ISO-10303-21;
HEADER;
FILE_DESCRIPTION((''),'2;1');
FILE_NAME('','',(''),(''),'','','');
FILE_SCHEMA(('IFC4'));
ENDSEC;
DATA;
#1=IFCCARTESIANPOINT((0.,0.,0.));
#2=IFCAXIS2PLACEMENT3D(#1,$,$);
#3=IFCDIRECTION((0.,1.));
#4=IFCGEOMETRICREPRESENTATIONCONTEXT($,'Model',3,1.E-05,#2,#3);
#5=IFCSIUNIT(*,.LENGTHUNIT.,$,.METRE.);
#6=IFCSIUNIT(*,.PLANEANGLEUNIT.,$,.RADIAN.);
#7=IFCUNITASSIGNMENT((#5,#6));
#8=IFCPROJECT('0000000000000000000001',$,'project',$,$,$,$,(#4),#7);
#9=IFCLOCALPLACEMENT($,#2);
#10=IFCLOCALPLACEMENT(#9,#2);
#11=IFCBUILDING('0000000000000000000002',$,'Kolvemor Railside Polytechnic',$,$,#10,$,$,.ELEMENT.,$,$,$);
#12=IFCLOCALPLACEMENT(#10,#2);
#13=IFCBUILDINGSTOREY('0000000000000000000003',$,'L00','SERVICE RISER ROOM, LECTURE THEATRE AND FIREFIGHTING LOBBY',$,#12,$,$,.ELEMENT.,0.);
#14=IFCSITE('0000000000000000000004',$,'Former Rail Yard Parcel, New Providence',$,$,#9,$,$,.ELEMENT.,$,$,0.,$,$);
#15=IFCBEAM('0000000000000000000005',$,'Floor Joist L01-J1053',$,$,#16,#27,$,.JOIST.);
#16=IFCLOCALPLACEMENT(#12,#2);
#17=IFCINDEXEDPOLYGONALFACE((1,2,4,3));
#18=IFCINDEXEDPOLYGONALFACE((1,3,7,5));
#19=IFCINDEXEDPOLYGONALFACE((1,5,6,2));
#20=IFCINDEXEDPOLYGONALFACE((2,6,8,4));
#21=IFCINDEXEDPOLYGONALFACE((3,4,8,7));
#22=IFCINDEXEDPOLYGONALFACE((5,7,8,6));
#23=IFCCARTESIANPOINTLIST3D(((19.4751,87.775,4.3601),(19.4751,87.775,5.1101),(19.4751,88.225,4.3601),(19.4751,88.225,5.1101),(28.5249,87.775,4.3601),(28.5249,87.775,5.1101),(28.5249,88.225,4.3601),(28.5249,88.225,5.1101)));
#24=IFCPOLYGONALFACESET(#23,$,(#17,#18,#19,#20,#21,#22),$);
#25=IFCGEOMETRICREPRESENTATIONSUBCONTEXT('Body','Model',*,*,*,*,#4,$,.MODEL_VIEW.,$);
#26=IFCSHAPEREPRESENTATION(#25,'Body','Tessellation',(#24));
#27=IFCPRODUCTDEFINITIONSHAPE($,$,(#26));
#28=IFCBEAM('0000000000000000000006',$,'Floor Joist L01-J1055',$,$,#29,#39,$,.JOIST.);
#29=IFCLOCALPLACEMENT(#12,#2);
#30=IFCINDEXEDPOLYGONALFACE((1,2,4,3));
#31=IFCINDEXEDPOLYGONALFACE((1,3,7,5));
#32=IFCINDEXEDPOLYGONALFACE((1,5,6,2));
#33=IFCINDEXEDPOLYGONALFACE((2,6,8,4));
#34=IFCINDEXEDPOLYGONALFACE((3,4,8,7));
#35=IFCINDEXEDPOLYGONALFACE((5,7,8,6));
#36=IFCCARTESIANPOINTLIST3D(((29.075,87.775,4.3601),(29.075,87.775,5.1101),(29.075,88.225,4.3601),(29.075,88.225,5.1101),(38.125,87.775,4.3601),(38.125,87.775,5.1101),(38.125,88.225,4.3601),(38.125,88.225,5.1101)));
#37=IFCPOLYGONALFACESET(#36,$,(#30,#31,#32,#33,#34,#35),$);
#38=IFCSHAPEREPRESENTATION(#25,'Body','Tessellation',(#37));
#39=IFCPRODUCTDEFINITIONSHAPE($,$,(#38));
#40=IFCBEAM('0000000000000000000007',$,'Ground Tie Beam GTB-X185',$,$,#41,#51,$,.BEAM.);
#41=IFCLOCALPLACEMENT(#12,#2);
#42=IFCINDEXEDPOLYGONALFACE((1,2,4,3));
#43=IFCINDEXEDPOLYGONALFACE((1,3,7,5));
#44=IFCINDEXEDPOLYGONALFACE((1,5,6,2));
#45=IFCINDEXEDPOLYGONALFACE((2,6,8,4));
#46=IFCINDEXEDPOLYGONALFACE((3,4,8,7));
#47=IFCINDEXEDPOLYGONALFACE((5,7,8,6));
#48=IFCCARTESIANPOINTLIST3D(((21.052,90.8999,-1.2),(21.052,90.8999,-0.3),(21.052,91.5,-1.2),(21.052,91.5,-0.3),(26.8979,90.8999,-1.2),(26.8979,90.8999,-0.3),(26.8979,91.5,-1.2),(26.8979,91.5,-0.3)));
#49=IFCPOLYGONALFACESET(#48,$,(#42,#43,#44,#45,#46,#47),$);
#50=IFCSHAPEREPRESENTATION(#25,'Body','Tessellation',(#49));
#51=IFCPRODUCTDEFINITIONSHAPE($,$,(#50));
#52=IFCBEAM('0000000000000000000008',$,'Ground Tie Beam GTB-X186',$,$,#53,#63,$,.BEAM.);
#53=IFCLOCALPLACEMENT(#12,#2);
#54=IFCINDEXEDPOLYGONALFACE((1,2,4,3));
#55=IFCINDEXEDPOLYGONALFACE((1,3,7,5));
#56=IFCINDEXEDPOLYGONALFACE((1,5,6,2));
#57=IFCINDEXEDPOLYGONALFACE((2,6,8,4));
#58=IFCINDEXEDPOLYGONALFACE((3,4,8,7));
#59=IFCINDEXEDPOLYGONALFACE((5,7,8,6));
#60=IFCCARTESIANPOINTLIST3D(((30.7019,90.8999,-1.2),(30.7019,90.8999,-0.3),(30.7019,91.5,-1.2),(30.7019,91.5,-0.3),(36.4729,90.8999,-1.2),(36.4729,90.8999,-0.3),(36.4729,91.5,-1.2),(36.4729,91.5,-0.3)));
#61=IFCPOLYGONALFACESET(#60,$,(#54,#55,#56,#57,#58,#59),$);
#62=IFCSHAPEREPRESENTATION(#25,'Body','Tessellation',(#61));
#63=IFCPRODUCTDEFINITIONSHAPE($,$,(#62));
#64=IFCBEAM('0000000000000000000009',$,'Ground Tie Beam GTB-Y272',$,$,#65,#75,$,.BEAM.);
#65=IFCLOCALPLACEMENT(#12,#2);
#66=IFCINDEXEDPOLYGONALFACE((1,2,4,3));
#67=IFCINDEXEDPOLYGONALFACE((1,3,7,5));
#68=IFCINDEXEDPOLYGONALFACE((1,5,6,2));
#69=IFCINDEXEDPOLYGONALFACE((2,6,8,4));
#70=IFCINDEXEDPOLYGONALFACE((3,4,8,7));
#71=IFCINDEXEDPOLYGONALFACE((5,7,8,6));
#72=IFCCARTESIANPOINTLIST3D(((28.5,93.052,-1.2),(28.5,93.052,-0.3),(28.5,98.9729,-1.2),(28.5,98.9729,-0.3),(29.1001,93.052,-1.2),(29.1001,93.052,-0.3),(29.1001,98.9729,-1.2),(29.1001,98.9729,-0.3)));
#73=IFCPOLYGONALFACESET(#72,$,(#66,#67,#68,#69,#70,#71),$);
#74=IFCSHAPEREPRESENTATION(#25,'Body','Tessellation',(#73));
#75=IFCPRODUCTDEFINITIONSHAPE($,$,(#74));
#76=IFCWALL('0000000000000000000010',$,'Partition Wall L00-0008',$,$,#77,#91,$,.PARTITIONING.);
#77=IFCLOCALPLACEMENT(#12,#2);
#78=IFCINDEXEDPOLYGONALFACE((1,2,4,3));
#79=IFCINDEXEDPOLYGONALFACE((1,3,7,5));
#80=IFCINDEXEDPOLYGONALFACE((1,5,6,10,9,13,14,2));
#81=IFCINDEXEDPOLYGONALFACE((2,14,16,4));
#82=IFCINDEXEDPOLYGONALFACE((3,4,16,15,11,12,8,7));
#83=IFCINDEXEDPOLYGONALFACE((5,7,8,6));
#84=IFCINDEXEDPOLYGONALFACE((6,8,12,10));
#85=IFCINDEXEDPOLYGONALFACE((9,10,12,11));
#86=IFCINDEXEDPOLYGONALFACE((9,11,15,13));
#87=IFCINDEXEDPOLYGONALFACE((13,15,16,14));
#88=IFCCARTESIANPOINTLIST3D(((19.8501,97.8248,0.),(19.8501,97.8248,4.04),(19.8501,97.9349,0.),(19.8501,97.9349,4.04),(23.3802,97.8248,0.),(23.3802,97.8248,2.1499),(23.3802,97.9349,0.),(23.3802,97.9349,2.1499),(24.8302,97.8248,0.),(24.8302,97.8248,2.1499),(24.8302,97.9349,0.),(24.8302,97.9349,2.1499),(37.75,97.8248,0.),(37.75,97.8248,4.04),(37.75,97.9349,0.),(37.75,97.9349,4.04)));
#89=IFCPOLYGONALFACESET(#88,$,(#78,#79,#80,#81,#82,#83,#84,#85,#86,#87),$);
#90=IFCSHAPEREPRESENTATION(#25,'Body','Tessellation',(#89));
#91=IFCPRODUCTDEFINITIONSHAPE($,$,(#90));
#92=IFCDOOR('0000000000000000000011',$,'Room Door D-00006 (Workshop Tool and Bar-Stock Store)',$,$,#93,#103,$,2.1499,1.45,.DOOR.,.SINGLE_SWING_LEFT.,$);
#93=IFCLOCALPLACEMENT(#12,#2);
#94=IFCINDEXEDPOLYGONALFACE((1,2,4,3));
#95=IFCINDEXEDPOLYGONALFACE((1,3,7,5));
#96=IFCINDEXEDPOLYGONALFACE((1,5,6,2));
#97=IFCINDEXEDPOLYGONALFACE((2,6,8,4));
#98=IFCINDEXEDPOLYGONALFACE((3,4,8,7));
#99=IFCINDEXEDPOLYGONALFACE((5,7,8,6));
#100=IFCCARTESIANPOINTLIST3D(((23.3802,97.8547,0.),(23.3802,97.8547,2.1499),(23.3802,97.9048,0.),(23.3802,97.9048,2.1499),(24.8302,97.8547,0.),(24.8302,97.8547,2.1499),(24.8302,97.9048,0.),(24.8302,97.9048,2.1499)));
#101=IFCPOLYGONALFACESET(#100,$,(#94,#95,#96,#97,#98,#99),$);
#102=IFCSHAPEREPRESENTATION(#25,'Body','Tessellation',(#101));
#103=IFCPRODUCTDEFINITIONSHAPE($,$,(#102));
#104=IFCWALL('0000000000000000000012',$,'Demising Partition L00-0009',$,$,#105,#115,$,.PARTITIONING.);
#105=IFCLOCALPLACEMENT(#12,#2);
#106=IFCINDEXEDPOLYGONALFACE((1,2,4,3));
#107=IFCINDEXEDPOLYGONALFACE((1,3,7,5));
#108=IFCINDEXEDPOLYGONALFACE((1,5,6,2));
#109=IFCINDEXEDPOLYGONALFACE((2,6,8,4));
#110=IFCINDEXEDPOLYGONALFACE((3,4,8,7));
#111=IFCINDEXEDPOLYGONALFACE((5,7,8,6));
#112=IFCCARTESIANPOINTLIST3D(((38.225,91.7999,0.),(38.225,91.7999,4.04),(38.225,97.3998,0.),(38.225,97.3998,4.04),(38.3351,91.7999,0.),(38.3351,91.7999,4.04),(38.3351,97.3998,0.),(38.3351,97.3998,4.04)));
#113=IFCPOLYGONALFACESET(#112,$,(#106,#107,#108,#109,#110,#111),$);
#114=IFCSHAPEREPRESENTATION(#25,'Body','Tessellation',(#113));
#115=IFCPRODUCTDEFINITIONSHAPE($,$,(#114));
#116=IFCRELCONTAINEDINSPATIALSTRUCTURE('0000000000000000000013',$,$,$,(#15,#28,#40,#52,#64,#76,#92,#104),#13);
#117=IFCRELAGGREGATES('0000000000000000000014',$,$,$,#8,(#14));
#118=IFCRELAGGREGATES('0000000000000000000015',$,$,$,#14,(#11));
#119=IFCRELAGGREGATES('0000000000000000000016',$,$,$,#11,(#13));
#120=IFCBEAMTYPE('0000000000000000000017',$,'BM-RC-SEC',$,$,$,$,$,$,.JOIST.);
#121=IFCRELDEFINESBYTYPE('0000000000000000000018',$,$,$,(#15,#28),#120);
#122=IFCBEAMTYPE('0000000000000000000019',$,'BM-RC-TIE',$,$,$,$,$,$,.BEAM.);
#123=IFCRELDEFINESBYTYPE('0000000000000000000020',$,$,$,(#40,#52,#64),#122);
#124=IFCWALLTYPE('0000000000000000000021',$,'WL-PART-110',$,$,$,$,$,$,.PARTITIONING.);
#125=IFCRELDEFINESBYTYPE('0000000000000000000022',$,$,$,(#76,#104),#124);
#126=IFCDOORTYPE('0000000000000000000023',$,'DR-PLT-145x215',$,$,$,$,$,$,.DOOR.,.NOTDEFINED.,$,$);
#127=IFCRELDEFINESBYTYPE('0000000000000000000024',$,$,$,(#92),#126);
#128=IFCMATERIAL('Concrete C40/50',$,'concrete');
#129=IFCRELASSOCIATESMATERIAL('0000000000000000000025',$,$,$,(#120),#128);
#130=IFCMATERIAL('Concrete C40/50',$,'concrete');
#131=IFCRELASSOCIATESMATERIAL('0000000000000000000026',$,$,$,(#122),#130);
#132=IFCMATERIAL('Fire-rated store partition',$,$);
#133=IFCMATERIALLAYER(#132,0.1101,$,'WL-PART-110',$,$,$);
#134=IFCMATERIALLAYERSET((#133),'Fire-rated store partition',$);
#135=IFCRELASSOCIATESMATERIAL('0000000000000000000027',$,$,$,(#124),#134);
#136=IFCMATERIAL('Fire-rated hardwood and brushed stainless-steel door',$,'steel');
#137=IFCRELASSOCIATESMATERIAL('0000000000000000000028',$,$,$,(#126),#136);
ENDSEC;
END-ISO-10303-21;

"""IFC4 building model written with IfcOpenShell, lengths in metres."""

from ifc_helpers import new_model, si_unit, direction, frame, frame_2d, origin, origin_2d, place, context, subcontext, project, spatial, rectangle, extrude, material, layer, layer_set, material_profile, profile_set, type_object, element, fill, save


model = new_model("IFC4")

# Units and contexts
model_context = context("Model", 3, precision=1e-05, world=origin(), true_north=direction((0.0, 1.0)))
body_context = subcontext(model_context, "Body", "Model", "MODEL_VIEW")
ifc_project = project(units=[si_unit("LENGTHUNIT", "METRE"), si_unit("PLANEANGLEUNIT", "RADIAN")], contexts=[model_context])

# Site, building, storey
site_placement = place(None, origin())
site = spatial("IfcSite", under=ifc_project, at=site_placement, Name="Former Rail Yard Parcel, New Providence", CompositionType="ELEMENT", RefElevation=0.0)
building_placement = place(site_placement, origin())
building = spatial("IfcBuilding", under=site, at=building_placement, Name="Kolvemor Railside Polytechnic", CompositionType="ELEMENT")
storey_placement = place(building_placement, origin())
storey = spatial("IfcBuildingStorey", under=building, at=storey_placement, Name="L00", Description="SERVICE RISER ROOM, LECTURE THEATRE AND FIREFIGHTING LOBBY", CompositionType="ELEMENT", Elevation=0.0)

# Beams
ifc_material_1 = material(Name="Concrete C40/50", Category="concrete")
ifc_material_profile_1 = material_profile(ifc_material_1, rectangle(XDim=0.45, YDim=0.75, at=origin_2d()), Name="RC450x750")
ifc_profile_set_1 = profile_set([ifc_material_profile_1], Name="Concrete C40/50")
beam_type_1 = type_object("IfcBeamType", Name="BM-RC-SEC", PredefinedType="JOIST", material=ifc_profile_set_1)
beam_1_placement = place(storey_placement, frame((19.4751, 88.0, 4.7351), z_axis=(1.0, 0.0, 0.0), x_axis=(0.0, 1.0, 0.0)))
element("IfcBeam", 1, at=beam_1_placement, inside=storey, type_object=beam_type_1, Name="Floor Joist L01-J1053", PredefinedType="JOIST", context=body_context, shape_type="SweptSolid", body=[
    extrude(rectangle(XDim=0.45, YDim=0.75, at=origin_2d()), origin(), (0.0, 0.0, 1.0), 9.0498),
])
beam_2_placement = place(storey_placement, frame((29.075, 88.0, 4.7351), z_axis=(1.0, 0.0, 0.0), x_axis=(0.0, 1.0, 0.0)))
element("IfcBeam", 2, at=beam_2_placement, inside=storey, type_object=beam_type_1, Name="Floor Joist L01-J1055", PredefinedType="JOIST", context=body_context, shape_type="SweptSolid", body=[
    extrude(rectangle(XDim=0.45, YDim=0.75, at=origin_2d()), origin(), (0.0, 0.0, 1.0), 9.05),
])
ifc_material_2 = material(Name="Concrete C40/50", Category="concrete")
ifc_material_profile_2 = material_profile(ifc_material_2, rectangle(XDim=0.6001, YDim=0.8999, at=origin_2d()), Name="RC600x900")
ifc_profile_set_2 = profile_set([ifc_material_profile_2], Name="Concrete C40/50")
beam_type_2 = type_object("IfcBeamType", Name="BM-RC-TIE", PredefinedType="BEAM", material=ifc_profile_set_2)
beam_3_placement = place(storey_placement, frame((21.052, 91.2, -0.75), z_axis=(1.0, 0.0, 0.0), x_axis=(0.0, 1.0, 0.0)))
element("IfcBeam", 3, at=beam_3_placement, inside=storey, type_object=beam_type_2, Name="Ground Tie Beam GTB-X185", PredefinedType="BEAM", context=body_context, shape_type="SweptSolid", body=[
    extrude(rectangle(XDim=0.6001, YDim=0.8999, at=origin_2d()), origin(), (0.0, 0.0, 1.0), 5.8459),
])
beam_4_placement = place(storey_placement, frame((30.7019, 91.2, -0.75), z_axis=(1.0, 0.0, 0.0), x_axis=(0.0, 1.0, 0.0)))
element("IfcBeam", 4, at=beam_4_placement, inside=storey, type_object=beam_type_2, Name="Ground Tie Beam GTB-X186", PredefinedType="BEAM", context=body_context, shape_type="SweptSolid", body=[
    extrude(rectangle(XDim=0.6001, YDim=0.8999, at=origin_2d()), origin(), (0.0, 0.0, 1.0), 5.771),
])
beam_5_placement = place(storey_placement, frame((28.8, 93.052, -0.75), z_axis=(0.0, 1.0, 0.0), x_axis=(-1.0, 0.0, 0.0)))
element("IfcBeam", 5, at=beam_5_placement, inside=storey, type_object=beam_type_2, Name="Ground Tie Beam GTB-Y272", PredefinedType="BEAM", context=body_context, shape_type="SweptSolid", body=[
    extrude(rectangle(XDim=0.6001, YDim=0.8999, at=origin_2d()), origin(), (0.0, 0.0, 1.0), 5.9209),
])

# Wall, opening, door
ifc_material_3 = material(Name="Fire-rated store partition")
ifc_layer = layer(ifc_material_3, 0.1101, Name="WL-PART-110")
ifc_layer_set = layer_set([ifc_layer], Name="Fire-rated store partition")
wall_type = type_object("IfcWallType", Name="WL-PART-110", PredefinedType="PARTITIONING", material=ifc_layer_set)
wall_1_placement = place(storey_placement, frame((19.8501, 97.8799, 0.0), z_axis=(0.0, 0.0, 1.0), x_axis=(1.0, 0.0, 0.0)))
wall_1 = element("IfcWall", 6, at=wall_1_placement, inside=storey, type_object=wall_type, Name="Partition Wall L00-0008", PredefinedType="PARTITIONING", context=body_context, shape_type="SweptSolid", body=[
    extrude(rectangle(XDim=17.8999, YDim=0.1101, at=frame_2d((8.95, 0.0))), origin(), (0.0, 0.0, 1.0), 4.04),
])
opening_placement = place(wall_1_placement, frame((3.53, 0.0, 0.0)))
opening = element("IfcOpeningElement", 7, at=opening_placement, cuts=wall_1, PredefinedType="OPENING", context=body_context, shape_type="SweptSolid", body=[
    extrude(rectangle(XDim=1.45, YDim=2.1499, at=frame_2d((0.7251, 1.075))), frame((0.0, 0.0649, 0.0), z_axis=(0.0, -1.0, 0.0), x_axis=(1.0, 0.0, 0.0)), (0.0, 0.0, 1.0), 0.1301),
])
ifc_material_4 = material(Name="Fire-rated hardwood and brushed stainless-steel door", Category="steel")
door_type = type_object("IfcDoorType", Name="DR-PLT-145x215", OperationType="NOTDEFINED", PredefinedType="DOOR", material=ifc_material_4)
door_placement = place(opening_placement, origin())
door = element("IfcDoor", 8, at=door_placement, inside=storey, type_object=door_type, Name="Room Door D-00006 (Workshop Tool and Bar-Stock Store)", OperationType="SINGLE_SWING_LEFT", OverallHeight=2.1499, OverallWidth=1.45, PredefinedType="DOOR", context=body_context, shape_type="SweptSolid", body=[
    extrude(rectangle(XDim=1.45, YDim=2.1499, at=frame_2d((0.7251, 1.075))), frame((0.0, 0.0249, 0.0), z_axis=(0.0, -1.0, 0.0), x_axis=(1.0, 0.0, 0.0)), (0.0, 0.0, 1.0), 0.05),
])
fill(opening, door)

# Wall
wall_2_placement = place(storey_placement, frame((38.28, 91.8, 0.0), z_axis=(0.0, 0.0, 1.0), x_axis=(0.0, 1.0, 0.0)))
element("IfcWall", 9, at=wall_2_placement, inside=storey, type_object=wall_type, Name="Demising Partition L00-0009", PredefinedType="PARTITIONING", context=body_context, shape_type="SweptSolid", body=[
    extrude(rectangle(XDim=5.5999, YDim=0.1101, at=frame_2d((2.7998, 0.0))), origin(), (0.0, 0.0, 1.0), 4.04),
])

save(model, "model.ifc")
